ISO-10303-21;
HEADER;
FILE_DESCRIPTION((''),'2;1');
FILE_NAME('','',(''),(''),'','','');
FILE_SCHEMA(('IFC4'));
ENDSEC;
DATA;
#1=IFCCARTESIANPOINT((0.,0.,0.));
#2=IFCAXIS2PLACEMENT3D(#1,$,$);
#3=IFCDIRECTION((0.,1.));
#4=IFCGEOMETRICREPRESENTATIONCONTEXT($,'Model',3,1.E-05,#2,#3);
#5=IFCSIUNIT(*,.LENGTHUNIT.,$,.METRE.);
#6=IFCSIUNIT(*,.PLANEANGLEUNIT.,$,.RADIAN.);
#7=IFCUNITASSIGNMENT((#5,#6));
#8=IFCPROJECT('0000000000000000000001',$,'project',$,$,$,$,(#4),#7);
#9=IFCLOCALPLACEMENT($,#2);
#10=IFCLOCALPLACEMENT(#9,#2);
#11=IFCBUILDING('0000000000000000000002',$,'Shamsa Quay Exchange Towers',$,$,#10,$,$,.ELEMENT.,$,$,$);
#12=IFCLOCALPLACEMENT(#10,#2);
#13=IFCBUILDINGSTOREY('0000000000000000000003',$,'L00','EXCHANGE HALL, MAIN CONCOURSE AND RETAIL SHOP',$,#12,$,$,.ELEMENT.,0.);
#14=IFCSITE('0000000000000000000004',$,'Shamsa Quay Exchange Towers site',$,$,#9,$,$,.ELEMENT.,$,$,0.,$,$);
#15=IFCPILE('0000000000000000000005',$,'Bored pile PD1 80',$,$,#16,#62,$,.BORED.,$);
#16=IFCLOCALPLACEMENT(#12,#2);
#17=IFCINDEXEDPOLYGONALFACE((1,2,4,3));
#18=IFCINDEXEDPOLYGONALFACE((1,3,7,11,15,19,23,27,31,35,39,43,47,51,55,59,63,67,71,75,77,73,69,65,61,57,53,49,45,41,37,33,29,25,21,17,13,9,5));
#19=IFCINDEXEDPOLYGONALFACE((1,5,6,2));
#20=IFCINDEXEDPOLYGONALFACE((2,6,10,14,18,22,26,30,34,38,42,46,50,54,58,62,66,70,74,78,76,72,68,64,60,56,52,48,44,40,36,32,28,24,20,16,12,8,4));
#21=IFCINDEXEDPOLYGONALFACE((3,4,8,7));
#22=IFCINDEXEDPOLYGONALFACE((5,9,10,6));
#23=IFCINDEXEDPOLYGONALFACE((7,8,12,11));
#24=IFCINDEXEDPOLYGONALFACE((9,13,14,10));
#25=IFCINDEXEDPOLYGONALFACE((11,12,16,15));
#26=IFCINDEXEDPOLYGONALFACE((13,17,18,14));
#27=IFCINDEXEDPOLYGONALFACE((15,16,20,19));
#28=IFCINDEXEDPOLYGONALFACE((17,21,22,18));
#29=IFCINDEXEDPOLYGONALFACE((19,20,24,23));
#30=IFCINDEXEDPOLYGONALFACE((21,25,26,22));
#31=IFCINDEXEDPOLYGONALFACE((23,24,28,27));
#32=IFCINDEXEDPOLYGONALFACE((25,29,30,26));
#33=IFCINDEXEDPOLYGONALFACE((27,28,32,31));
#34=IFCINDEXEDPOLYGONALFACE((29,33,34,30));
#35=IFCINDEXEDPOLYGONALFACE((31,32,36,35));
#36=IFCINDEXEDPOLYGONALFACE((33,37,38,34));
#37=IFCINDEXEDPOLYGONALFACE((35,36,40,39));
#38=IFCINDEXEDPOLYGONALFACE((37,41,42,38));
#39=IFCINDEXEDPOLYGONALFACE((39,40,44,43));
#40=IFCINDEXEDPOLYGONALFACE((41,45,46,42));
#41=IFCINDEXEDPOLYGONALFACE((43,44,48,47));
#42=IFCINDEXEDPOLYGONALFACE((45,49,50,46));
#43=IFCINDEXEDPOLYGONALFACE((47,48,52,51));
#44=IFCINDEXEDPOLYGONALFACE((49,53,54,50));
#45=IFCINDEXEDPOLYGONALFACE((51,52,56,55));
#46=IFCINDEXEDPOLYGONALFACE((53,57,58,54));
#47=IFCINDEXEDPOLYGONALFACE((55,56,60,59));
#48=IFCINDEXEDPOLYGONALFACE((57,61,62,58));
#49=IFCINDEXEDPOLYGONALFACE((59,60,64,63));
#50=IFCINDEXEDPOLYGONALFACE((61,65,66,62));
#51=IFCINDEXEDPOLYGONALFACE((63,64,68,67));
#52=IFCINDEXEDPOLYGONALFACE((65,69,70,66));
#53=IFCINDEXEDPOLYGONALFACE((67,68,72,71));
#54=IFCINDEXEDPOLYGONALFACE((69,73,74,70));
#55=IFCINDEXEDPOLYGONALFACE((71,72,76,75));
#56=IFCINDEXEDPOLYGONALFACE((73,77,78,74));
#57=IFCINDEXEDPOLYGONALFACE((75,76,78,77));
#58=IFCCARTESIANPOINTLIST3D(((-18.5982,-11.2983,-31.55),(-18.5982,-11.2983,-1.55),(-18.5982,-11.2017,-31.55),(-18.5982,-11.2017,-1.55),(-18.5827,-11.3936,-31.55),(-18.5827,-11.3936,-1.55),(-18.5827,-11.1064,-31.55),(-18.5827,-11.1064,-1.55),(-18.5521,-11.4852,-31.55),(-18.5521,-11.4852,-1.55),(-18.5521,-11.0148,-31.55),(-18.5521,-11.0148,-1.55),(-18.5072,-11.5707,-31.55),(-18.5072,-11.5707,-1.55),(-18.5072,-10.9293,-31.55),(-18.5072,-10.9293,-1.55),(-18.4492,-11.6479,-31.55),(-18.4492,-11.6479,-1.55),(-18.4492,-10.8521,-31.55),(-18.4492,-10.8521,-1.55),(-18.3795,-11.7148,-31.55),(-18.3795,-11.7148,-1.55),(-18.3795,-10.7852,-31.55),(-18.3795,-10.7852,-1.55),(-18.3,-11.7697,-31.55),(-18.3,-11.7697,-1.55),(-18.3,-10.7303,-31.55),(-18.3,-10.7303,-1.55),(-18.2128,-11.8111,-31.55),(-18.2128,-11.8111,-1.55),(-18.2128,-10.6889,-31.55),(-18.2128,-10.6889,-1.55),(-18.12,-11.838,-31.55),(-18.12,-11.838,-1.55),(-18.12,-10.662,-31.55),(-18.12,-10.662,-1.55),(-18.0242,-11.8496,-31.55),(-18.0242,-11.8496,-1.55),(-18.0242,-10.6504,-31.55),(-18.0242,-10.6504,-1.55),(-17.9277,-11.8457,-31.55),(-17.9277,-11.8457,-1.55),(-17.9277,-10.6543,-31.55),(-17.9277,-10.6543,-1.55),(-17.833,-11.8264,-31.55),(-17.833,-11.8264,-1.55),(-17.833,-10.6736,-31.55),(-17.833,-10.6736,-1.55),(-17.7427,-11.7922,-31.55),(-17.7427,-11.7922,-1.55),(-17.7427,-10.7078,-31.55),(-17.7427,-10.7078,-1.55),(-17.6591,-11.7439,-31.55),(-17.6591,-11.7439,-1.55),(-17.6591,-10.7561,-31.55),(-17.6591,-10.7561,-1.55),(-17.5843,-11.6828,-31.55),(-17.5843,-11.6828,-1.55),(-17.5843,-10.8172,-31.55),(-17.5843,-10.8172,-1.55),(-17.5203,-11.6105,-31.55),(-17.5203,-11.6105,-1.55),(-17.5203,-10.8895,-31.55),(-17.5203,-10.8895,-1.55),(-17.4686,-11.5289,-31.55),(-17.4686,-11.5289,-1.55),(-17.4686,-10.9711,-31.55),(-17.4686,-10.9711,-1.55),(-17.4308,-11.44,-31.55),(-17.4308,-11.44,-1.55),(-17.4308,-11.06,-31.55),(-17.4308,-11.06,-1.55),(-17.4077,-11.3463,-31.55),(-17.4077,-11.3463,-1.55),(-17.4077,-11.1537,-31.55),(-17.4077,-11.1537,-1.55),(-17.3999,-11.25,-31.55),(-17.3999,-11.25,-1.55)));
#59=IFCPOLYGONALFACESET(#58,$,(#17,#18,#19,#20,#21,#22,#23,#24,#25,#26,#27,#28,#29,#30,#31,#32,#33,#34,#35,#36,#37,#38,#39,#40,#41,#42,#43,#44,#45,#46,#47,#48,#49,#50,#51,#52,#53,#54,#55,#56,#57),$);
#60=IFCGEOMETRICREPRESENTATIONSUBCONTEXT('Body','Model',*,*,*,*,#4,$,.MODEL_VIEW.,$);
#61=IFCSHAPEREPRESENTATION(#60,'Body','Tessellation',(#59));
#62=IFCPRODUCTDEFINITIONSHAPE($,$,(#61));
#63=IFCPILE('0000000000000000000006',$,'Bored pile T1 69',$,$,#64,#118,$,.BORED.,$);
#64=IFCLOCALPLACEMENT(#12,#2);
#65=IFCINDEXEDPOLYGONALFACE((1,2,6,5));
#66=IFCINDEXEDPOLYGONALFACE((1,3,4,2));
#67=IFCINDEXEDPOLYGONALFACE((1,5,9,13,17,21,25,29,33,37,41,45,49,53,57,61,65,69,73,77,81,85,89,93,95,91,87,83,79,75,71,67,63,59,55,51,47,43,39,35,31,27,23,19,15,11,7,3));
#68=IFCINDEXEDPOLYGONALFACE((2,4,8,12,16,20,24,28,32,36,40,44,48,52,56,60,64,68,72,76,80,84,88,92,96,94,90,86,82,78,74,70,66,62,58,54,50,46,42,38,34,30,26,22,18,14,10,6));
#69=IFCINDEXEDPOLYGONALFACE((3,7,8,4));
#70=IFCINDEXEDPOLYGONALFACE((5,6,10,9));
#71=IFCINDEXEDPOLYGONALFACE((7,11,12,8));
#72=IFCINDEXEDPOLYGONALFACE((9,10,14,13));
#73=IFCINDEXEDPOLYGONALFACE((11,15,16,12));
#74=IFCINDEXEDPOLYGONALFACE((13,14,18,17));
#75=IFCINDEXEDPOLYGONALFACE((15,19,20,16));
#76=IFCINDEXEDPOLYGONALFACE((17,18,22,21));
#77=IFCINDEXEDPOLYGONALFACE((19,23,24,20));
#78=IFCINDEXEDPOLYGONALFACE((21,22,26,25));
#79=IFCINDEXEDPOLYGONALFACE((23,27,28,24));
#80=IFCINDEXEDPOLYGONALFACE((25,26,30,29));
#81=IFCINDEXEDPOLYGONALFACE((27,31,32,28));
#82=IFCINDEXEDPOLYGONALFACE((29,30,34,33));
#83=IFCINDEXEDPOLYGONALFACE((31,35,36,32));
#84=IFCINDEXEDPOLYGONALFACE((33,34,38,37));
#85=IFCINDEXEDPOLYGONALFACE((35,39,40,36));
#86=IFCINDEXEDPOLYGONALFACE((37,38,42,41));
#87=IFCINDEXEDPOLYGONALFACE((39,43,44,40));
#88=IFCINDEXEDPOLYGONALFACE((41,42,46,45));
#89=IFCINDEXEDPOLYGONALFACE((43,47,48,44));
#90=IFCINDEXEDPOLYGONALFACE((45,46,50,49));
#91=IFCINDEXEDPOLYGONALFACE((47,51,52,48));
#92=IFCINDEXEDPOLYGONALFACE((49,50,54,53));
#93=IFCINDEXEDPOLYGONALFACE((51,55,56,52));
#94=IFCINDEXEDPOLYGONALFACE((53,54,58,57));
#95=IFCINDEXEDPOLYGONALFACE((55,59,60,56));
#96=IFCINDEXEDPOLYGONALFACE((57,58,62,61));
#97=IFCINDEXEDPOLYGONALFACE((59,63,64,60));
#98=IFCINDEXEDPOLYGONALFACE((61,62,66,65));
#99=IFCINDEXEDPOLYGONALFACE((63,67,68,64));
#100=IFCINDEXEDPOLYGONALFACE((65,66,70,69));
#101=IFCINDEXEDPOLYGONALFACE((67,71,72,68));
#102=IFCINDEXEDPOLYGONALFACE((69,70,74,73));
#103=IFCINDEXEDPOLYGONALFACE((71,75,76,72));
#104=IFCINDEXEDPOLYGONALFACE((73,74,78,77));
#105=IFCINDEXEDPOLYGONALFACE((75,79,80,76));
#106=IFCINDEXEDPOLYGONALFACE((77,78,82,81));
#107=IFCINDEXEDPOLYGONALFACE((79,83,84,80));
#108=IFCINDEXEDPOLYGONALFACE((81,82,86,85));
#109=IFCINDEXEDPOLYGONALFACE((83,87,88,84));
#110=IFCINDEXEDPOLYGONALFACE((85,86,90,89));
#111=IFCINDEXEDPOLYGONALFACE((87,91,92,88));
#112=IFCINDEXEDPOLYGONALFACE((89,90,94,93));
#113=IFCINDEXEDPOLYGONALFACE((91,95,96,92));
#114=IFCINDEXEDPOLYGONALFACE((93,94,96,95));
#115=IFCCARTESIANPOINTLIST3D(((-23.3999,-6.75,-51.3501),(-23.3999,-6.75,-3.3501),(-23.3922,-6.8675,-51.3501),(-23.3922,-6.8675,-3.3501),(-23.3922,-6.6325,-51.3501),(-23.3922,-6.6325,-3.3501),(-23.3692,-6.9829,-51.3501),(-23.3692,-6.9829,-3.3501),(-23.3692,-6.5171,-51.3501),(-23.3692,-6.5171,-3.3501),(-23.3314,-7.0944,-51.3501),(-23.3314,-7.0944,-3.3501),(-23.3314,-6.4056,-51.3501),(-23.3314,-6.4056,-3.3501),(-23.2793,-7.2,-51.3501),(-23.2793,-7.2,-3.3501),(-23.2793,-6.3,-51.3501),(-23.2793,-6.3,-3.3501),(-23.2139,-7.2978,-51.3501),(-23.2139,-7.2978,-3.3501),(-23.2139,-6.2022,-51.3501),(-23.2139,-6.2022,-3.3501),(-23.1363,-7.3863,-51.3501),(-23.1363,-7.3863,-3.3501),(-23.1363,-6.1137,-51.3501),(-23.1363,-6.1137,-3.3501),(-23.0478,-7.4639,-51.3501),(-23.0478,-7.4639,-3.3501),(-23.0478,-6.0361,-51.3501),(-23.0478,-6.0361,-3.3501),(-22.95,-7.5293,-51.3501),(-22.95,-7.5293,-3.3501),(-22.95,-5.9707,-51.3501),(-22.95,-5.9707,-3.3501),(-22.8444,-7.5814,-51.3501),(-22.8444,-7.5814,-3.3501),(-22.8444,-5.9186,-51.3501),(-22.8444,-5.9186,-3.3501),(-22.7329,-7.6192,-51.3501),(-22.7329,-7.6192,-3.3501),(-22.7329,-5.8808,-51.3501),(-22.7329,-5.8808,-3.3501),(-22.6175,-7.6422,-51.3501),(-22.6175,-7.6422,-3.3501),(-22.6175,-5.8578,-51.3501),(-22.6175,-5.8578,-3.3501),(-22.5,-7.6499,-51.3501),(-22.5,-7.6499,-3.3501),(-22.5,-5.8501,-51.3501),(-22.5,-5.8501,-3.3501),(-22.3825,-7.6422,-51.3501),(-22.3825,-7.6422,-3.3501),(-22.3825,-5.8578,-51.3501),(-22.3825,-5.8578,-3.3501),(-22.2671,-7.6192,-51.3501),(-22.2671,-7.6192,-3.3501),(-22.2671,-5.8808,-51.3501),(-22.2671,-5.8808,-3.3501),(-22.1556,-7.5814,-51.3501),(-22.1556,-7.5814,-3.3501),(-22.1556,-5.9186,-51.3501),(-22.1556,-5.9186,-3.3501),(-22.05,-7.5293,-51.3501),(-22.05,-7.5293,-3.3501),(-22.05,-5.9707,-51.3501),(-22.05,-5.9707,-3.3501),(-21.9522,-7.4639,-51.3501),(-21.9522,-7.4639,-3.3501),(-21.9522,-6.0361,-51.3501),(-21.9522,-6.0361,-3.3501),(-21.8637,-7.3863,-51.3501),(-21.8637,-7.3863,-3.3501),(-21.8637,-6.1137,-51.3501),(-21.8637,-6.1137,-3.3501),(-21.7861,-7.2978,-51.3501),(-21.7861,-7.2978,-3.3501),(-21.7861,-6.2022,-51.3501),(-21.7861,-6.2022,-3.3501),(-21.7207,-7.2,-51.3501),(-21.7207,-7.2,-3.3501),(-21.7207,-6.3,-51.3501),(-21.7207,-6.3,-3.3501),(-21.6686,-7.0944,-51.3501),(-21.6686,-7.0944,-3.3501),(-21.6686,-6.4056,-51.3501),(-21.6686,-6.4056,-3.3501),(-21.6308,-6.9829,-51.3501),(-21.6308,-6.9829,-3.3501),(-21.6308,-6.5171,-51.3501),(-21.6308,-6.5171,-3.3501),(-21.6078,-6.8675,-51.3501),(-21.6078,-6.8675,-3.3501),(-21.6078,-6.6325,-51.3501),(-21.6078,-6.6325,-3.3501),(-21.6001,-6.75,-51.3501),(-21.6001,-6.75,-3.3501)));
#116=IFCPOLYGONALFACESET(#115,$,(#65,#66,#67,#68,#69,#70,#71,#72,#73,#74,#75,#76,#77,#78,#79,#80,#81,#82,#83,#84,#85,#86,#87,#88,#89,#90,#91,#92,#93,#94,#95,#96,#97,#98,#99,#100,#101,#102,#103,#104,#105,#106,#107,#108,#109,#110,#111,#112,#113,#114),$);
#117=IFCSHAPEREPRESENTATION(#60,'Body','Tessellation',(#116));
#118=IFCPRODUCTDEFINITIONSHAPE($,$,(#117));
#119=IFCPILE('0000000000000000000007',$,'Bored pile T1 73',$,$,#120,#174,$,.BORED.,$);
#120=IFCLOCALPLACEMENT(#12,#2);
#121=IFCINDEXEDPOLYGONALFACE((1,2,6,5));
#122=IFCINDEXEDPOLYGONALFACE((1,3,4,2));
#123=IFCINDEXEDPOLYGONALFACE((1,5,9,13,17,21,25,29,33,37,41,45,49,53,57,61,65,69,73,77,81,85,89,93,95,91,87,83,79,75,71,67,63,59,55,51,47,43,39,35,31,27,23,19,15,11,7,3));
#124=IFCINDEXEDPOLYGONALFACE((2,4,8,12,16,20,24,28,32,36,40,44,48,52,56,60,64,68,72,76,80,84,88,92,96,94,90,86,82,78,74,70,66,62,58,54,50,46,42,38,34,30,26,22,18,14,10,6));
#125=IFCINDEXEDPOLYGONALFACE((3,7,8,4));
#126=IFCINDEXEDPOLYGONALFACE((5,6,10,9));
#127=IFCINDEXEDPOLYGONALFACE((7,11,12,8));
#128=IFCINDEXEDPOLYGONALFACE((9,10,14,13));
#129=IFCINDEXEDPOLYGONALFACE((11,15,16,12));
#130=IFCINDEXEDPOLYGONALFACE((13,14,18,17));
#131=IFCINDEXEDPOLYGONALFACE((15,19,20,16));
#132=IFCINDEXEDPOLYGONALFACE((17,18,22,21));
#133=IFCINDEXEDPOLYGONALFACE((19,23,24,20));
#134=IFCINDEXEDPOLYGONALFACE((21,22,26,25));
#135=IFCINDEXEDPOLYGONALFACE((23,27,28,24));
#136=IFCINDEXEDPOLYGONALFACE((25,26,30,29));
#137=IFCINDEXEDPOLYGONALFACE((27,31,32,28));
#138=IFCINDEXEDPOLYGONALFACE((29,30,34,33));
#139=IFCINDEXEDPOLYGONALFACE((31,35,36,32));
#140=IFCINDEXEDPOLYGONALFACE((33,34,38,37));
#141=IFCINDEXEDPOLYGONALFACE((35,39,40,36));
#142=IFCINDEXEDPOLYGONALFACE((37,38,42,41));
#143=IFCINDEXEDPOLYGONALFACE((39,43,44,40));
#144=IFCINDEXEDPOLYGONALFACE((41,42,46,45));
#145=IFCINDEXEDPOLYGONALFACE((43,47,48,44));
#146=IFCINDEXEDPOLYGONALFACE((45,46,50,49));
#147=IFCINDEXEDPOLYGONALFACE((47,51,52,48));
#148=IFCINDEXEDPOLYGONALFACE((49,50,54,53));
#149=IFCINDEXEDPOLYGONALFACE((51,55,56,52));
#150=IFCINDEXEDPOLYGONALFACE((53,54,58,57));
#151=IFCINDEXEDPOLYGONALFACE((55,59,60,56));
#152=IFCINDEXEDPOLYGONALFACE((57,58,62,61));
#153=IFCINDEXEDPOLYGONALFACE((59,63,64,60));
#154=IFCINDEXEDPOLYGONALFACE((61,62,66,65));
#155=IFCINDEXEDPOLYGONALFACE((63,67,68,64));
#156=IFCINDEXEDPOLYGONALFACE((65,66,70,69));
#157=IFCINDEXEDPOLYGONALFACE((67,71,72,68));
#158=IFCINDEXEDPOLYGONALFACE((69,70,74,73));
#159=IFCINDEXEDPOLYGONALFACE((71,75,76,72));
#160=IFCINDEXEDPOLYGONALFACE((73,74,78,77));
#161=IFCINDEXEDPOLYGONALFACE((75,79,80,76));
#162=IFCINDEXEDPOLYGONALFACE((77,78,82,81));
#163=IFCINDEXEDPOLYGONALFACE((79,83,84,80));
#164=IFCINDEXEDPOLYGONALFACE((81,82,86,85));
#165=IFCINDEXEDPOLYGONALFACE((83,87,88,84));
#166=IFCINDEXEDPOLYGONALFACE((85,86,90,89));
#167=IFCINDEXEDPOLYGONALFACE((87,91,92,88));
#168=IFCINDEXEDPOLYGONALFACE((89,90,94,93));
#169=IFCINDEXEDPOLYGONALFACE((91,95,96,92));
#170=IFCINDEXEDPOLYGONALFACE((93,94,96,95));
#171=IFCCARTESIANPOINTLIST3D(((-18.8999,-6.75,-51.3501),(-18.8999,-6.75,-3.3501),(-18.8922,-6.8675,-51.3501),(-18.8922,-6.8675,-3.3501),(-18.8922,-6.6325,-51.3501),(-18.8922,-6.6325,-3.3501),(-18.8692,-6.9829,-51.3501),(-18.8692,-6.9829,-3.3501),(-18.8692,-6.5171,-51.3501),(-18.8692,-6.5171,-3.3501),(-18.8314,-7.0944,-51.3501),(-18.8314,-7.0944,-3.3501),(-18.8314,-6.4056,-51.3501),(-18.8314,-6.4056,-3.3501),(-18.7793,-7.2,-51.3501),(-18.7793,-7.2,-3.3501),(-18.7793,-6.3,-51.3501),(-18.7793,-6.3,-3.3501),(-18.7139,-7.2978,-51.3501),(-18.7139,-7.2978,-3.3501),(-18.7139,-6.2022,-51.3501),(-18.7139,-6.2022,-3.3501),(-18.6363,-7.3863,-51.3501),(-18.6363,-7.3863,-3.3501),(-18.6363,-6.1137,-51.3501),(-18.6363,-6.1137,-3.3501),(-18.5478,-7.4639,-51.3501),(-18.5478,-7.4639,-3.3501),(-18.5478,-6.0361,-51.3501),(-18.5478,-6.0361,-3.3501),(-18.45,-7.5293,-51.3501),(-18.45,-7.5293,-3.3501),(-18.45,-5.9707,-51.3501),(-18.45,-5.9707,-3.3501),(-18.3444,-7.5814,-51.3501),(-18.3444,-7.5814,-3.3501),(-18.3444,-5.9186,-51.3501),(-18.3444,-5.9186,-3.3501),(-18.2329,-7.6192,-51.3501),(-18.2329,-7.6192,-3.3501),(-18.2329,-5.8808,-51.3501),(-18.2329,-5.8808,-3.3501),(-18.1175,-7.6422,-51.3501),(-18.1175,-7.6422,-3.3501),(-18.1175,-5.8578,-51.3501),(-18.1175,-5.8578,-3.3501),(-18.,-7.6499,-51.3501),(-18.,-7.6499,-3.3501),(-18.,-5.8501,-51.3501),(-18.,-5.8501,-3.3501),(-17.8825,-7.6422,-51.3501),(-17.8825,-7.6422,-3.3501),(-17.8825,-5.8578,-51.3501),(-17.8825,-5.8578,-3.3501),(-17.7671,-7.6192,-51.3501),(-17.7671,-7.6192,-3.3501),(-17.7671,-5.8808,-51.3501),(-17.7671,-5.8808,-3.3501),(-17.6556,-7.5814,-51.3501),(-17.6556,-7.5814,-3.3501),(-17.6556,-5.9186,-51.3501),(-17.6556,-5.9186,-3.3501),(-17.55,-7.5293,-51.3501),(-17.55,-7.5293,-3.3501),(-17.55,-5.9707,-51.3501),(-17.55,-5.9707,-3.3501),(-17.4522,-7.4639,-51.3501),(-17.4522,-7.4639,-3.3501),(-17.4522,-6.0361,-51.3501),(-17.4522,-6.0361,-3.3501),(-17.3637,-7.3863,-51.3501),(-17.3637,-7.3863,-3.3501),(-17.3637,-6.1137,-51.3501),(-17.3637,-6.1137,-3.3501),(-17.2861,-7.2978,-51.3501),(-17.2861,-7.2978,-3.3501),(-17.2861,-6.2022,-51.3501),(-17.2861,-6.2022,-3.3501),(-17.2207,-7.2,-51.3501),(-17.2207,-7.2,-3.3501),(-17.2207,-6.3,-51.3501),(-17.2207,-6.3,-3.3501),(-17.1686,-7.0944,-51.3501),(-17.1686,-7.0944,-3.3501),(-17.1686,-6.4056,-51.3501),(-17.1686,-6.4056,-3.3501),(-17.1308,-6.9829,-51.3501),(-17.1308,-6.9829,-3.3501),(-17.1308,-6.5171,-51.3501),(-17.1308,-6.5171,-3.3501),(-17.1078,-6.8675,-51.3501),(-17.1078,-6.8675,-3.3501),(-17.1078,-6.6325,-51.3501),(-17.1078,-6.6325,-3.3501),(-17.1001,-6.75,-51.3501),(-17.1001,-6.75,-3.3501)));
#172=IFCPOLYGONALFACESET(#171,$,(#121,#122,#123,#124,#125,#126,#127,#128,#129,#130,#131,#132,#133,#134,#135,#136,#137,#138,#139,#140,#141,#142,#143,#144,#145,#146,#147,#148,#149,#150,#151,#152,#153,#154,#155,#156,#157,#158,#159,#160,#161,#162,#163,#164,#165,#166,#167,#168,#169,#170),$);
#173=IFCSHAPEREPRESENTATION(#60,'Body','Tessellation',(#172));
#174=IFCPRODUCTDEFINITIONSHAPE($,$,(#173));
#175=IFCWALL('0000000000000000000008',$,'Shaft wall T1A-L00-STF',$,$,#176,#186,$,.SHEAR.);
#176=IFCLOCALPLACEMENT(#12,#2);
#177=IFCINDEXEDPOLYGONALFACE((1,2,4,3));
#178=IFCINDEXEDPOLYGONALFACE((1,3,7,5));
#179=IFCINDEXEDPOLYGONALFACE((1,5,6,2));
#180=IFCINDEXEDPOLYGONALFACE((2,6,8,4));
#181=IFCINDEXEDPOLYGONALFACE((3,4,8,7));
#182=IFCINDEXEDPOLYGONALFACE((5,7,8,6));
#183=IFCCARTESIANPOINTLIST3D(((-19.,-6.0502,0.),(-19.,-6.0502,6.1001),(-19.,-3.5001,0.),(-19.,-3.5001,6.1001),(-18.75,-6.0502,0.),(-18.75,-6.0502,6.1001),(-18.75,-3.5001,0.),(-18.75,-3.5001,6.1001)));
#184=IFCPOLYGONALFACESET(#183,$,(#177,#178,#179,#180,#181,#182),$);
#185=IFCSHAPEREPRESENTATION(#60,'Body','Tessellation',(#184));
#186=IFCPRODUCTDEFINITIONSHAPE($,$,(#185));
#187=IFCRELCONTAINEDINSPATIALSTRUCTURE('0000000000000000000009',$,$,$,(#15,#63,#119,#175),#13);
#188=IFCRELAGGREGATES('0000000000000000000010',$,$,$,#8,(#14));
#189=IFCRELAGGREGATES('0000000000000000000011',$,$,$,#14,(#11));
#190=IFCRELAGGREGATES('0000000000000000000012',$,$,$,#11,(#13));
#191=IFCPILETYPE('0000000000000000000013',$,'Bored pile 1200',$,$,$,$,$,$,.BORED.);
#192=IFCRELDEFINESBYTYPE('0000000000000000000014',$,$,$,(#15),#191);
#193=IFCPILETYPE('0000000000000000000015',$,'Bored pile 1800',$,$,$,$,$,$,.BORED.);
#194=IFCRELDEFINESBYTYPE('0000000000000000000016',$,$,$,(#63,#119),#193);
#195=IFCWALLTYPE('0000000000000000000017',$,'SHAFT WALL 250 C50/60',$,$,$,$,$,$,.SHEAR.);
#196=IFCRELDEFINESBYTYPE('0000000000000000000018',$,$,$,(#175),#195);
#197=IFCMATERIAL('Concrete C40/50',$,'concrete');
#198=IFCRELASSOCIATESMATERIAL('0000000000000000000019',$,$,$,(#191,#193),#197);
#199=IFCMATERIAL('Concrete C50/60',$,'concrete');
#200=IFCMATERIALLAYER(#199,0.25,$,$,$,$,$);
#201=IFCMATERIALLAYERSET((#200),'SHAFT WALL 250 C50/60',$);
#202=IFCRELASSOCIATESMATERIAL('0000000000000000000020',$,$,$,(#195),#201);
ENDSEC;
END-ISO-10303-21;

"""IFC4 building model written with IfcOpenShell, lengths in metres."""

from ifc_helpers import new_model, si_unit, direction, frame, frame_2d, origin, origin_2d, place, context, subcontext, project, spatial, rectangle, circle, extrude, material, layer, layer_set, material_profile, profile_set, type_object, element, save


model = new_model("IFC4")

# Units and contexts
model_context = context("Model", 3, precision=1e-05, world=origin(), true_north=direction((0.0, 1.0)))
body_context = subcontext(model_context, "Body", "Model", "MODEL_VIEW")
ifc_project = project(units=[si_unit("LENGTHUNIT", "METRE"), si_unit("PLANEANGLEUNIT", "RADIAN")], contexts=[model_context])

# Site, building, storey
site_placement = place(None, origin())
site = spatial("IfcSite", under=ifc_project, at=site_placement, Name="Shamsa Quay Exchange Towers site", CompositionType="ELEMENT", RefElevation=0.0)
building_placement = place(site_placement, origin())
building = spatial("IfcBuilding", under=site, at=building_placement, Name="Shamsa Quay Exchange Towers", CompositionType="ELEMENT")
storey_placement = place(building_placement, origin())
storey = spatial("IfcBuildingStorey", under=building, at=storey_placement, Name="L00", Description="EXCHANGE HALL, MAIN CONCOURSE AND RETAIL SHOP", CompositionType="ELEMENT", Elevation=0.0)

# Piles
ifc_material_1 = material(Name="Concrete C40/50", Category="concrete")
ifc_material_profile_1 = material_profile(ifc_material_1, circle(Radius=0.6001, at=origin_2d()), Name="BP1200")
ifc_profile_set_1 = profile_set([ifc_material_profile_1], Name="Concrete C40/50")
pile_type_1 = type_object("IfcPileType", Name="Bored pile 1200", PredefinedType="BORED", material=ifc_profile_set_1)
for number, where, z_axis, x_axis, name in (
    (1, (-18.0, -11.25, -1.55), (0.0, 0.0, -1.0), (1.0, 0.0, 0.0), "Bored pile PD1 80"),
):
    element("IfcPile", number, at=place(storey_placement, frame(where, z_axis=z_axis, x_axis=x_axis)), inside=storey, type_object=pile_type_1, Name=name, PredefinedType="BORED", context=body_context, shape_type="SweptSolid", body=[
        extrude(circle(Radius=0.6001, at=origin_2d()), origin(), (0.0, 0.0, 1.0), 30.0),
    ])
ifc_material_profile_2 = material_profile(ifc_material_1, circle(Radius=0.8999, at=origin_2d()), Name="BP1800")
ifc_profile_set_2 = profile_set([ifc_material_profile_2], Name="Concrete C40/50")
pile_type_2 = type_object("IfcPileType", Name="Bored pile 1800", PredefinedType="BORED", material=ifc_profile_set_2)
for number, where, z_axis, x_axis, name in (
    (2, (-22.5, -6.75, -3.3501), (0.0, 0.0, -1.0), (1.0, 0.0, 0.0), "Bored pile T1 69"),
    (3, (-18.0, -6.75, -3.3501), (0.0, 0.0, -1.0), (1.0, 0.0, 0.0), "Bored pile T1 73"),
):
    element("IfcPile", number, at=place(storey_placement, frame(where, z_axis=z_axis, x_axis=x_axis)), inside=storey, type_object=pile_type_2, Name=name, PredefinedType="BORED", context=body_context, shape_type="SweptSolid", body=[
        extrude(circle(Radius=0.8999, at=origin_2d()), origin(), (0.0, 0.0, 1.0), 48.0),
    ])

# Wall
ifc_material_2 = material(Name="Concrete C50/60", Category="concrete")
ifc_layer = layer(ifc_material_2, 0.25)
ifc_layer_set = layer_set([ifc_layer], Name="SHAFT WALL 250 C50/60")
wall_type = type_object("IfcWallType", Name="SHAFT WALL 250 C50/60", PredefinedType="SHEAR", material=ifc_layer_set)
wall_1_placement = place(storey_placement, frame((-18.875, -6.05, 0.0), z_axis=(0.0, 0.0, 1.0), x_axis=(0.0, 1.0, 0.0)))
element("IfcWall", 4, at=wall_1_placement, inside=storey, type_object=wall_type, Name="Shaft wall T1A-L00-STF", PredefinedType="SHEAR", context=body_context, shape_type="SweptSolid", body=[
    extrude(rectangle(XDim=2.55, YDim=0.25, at=frame_2d((1.2749, 0.0))), origin(), (0.0, 0.0, 1.0), 6.1001),
])

save(model, "model.ifc")
